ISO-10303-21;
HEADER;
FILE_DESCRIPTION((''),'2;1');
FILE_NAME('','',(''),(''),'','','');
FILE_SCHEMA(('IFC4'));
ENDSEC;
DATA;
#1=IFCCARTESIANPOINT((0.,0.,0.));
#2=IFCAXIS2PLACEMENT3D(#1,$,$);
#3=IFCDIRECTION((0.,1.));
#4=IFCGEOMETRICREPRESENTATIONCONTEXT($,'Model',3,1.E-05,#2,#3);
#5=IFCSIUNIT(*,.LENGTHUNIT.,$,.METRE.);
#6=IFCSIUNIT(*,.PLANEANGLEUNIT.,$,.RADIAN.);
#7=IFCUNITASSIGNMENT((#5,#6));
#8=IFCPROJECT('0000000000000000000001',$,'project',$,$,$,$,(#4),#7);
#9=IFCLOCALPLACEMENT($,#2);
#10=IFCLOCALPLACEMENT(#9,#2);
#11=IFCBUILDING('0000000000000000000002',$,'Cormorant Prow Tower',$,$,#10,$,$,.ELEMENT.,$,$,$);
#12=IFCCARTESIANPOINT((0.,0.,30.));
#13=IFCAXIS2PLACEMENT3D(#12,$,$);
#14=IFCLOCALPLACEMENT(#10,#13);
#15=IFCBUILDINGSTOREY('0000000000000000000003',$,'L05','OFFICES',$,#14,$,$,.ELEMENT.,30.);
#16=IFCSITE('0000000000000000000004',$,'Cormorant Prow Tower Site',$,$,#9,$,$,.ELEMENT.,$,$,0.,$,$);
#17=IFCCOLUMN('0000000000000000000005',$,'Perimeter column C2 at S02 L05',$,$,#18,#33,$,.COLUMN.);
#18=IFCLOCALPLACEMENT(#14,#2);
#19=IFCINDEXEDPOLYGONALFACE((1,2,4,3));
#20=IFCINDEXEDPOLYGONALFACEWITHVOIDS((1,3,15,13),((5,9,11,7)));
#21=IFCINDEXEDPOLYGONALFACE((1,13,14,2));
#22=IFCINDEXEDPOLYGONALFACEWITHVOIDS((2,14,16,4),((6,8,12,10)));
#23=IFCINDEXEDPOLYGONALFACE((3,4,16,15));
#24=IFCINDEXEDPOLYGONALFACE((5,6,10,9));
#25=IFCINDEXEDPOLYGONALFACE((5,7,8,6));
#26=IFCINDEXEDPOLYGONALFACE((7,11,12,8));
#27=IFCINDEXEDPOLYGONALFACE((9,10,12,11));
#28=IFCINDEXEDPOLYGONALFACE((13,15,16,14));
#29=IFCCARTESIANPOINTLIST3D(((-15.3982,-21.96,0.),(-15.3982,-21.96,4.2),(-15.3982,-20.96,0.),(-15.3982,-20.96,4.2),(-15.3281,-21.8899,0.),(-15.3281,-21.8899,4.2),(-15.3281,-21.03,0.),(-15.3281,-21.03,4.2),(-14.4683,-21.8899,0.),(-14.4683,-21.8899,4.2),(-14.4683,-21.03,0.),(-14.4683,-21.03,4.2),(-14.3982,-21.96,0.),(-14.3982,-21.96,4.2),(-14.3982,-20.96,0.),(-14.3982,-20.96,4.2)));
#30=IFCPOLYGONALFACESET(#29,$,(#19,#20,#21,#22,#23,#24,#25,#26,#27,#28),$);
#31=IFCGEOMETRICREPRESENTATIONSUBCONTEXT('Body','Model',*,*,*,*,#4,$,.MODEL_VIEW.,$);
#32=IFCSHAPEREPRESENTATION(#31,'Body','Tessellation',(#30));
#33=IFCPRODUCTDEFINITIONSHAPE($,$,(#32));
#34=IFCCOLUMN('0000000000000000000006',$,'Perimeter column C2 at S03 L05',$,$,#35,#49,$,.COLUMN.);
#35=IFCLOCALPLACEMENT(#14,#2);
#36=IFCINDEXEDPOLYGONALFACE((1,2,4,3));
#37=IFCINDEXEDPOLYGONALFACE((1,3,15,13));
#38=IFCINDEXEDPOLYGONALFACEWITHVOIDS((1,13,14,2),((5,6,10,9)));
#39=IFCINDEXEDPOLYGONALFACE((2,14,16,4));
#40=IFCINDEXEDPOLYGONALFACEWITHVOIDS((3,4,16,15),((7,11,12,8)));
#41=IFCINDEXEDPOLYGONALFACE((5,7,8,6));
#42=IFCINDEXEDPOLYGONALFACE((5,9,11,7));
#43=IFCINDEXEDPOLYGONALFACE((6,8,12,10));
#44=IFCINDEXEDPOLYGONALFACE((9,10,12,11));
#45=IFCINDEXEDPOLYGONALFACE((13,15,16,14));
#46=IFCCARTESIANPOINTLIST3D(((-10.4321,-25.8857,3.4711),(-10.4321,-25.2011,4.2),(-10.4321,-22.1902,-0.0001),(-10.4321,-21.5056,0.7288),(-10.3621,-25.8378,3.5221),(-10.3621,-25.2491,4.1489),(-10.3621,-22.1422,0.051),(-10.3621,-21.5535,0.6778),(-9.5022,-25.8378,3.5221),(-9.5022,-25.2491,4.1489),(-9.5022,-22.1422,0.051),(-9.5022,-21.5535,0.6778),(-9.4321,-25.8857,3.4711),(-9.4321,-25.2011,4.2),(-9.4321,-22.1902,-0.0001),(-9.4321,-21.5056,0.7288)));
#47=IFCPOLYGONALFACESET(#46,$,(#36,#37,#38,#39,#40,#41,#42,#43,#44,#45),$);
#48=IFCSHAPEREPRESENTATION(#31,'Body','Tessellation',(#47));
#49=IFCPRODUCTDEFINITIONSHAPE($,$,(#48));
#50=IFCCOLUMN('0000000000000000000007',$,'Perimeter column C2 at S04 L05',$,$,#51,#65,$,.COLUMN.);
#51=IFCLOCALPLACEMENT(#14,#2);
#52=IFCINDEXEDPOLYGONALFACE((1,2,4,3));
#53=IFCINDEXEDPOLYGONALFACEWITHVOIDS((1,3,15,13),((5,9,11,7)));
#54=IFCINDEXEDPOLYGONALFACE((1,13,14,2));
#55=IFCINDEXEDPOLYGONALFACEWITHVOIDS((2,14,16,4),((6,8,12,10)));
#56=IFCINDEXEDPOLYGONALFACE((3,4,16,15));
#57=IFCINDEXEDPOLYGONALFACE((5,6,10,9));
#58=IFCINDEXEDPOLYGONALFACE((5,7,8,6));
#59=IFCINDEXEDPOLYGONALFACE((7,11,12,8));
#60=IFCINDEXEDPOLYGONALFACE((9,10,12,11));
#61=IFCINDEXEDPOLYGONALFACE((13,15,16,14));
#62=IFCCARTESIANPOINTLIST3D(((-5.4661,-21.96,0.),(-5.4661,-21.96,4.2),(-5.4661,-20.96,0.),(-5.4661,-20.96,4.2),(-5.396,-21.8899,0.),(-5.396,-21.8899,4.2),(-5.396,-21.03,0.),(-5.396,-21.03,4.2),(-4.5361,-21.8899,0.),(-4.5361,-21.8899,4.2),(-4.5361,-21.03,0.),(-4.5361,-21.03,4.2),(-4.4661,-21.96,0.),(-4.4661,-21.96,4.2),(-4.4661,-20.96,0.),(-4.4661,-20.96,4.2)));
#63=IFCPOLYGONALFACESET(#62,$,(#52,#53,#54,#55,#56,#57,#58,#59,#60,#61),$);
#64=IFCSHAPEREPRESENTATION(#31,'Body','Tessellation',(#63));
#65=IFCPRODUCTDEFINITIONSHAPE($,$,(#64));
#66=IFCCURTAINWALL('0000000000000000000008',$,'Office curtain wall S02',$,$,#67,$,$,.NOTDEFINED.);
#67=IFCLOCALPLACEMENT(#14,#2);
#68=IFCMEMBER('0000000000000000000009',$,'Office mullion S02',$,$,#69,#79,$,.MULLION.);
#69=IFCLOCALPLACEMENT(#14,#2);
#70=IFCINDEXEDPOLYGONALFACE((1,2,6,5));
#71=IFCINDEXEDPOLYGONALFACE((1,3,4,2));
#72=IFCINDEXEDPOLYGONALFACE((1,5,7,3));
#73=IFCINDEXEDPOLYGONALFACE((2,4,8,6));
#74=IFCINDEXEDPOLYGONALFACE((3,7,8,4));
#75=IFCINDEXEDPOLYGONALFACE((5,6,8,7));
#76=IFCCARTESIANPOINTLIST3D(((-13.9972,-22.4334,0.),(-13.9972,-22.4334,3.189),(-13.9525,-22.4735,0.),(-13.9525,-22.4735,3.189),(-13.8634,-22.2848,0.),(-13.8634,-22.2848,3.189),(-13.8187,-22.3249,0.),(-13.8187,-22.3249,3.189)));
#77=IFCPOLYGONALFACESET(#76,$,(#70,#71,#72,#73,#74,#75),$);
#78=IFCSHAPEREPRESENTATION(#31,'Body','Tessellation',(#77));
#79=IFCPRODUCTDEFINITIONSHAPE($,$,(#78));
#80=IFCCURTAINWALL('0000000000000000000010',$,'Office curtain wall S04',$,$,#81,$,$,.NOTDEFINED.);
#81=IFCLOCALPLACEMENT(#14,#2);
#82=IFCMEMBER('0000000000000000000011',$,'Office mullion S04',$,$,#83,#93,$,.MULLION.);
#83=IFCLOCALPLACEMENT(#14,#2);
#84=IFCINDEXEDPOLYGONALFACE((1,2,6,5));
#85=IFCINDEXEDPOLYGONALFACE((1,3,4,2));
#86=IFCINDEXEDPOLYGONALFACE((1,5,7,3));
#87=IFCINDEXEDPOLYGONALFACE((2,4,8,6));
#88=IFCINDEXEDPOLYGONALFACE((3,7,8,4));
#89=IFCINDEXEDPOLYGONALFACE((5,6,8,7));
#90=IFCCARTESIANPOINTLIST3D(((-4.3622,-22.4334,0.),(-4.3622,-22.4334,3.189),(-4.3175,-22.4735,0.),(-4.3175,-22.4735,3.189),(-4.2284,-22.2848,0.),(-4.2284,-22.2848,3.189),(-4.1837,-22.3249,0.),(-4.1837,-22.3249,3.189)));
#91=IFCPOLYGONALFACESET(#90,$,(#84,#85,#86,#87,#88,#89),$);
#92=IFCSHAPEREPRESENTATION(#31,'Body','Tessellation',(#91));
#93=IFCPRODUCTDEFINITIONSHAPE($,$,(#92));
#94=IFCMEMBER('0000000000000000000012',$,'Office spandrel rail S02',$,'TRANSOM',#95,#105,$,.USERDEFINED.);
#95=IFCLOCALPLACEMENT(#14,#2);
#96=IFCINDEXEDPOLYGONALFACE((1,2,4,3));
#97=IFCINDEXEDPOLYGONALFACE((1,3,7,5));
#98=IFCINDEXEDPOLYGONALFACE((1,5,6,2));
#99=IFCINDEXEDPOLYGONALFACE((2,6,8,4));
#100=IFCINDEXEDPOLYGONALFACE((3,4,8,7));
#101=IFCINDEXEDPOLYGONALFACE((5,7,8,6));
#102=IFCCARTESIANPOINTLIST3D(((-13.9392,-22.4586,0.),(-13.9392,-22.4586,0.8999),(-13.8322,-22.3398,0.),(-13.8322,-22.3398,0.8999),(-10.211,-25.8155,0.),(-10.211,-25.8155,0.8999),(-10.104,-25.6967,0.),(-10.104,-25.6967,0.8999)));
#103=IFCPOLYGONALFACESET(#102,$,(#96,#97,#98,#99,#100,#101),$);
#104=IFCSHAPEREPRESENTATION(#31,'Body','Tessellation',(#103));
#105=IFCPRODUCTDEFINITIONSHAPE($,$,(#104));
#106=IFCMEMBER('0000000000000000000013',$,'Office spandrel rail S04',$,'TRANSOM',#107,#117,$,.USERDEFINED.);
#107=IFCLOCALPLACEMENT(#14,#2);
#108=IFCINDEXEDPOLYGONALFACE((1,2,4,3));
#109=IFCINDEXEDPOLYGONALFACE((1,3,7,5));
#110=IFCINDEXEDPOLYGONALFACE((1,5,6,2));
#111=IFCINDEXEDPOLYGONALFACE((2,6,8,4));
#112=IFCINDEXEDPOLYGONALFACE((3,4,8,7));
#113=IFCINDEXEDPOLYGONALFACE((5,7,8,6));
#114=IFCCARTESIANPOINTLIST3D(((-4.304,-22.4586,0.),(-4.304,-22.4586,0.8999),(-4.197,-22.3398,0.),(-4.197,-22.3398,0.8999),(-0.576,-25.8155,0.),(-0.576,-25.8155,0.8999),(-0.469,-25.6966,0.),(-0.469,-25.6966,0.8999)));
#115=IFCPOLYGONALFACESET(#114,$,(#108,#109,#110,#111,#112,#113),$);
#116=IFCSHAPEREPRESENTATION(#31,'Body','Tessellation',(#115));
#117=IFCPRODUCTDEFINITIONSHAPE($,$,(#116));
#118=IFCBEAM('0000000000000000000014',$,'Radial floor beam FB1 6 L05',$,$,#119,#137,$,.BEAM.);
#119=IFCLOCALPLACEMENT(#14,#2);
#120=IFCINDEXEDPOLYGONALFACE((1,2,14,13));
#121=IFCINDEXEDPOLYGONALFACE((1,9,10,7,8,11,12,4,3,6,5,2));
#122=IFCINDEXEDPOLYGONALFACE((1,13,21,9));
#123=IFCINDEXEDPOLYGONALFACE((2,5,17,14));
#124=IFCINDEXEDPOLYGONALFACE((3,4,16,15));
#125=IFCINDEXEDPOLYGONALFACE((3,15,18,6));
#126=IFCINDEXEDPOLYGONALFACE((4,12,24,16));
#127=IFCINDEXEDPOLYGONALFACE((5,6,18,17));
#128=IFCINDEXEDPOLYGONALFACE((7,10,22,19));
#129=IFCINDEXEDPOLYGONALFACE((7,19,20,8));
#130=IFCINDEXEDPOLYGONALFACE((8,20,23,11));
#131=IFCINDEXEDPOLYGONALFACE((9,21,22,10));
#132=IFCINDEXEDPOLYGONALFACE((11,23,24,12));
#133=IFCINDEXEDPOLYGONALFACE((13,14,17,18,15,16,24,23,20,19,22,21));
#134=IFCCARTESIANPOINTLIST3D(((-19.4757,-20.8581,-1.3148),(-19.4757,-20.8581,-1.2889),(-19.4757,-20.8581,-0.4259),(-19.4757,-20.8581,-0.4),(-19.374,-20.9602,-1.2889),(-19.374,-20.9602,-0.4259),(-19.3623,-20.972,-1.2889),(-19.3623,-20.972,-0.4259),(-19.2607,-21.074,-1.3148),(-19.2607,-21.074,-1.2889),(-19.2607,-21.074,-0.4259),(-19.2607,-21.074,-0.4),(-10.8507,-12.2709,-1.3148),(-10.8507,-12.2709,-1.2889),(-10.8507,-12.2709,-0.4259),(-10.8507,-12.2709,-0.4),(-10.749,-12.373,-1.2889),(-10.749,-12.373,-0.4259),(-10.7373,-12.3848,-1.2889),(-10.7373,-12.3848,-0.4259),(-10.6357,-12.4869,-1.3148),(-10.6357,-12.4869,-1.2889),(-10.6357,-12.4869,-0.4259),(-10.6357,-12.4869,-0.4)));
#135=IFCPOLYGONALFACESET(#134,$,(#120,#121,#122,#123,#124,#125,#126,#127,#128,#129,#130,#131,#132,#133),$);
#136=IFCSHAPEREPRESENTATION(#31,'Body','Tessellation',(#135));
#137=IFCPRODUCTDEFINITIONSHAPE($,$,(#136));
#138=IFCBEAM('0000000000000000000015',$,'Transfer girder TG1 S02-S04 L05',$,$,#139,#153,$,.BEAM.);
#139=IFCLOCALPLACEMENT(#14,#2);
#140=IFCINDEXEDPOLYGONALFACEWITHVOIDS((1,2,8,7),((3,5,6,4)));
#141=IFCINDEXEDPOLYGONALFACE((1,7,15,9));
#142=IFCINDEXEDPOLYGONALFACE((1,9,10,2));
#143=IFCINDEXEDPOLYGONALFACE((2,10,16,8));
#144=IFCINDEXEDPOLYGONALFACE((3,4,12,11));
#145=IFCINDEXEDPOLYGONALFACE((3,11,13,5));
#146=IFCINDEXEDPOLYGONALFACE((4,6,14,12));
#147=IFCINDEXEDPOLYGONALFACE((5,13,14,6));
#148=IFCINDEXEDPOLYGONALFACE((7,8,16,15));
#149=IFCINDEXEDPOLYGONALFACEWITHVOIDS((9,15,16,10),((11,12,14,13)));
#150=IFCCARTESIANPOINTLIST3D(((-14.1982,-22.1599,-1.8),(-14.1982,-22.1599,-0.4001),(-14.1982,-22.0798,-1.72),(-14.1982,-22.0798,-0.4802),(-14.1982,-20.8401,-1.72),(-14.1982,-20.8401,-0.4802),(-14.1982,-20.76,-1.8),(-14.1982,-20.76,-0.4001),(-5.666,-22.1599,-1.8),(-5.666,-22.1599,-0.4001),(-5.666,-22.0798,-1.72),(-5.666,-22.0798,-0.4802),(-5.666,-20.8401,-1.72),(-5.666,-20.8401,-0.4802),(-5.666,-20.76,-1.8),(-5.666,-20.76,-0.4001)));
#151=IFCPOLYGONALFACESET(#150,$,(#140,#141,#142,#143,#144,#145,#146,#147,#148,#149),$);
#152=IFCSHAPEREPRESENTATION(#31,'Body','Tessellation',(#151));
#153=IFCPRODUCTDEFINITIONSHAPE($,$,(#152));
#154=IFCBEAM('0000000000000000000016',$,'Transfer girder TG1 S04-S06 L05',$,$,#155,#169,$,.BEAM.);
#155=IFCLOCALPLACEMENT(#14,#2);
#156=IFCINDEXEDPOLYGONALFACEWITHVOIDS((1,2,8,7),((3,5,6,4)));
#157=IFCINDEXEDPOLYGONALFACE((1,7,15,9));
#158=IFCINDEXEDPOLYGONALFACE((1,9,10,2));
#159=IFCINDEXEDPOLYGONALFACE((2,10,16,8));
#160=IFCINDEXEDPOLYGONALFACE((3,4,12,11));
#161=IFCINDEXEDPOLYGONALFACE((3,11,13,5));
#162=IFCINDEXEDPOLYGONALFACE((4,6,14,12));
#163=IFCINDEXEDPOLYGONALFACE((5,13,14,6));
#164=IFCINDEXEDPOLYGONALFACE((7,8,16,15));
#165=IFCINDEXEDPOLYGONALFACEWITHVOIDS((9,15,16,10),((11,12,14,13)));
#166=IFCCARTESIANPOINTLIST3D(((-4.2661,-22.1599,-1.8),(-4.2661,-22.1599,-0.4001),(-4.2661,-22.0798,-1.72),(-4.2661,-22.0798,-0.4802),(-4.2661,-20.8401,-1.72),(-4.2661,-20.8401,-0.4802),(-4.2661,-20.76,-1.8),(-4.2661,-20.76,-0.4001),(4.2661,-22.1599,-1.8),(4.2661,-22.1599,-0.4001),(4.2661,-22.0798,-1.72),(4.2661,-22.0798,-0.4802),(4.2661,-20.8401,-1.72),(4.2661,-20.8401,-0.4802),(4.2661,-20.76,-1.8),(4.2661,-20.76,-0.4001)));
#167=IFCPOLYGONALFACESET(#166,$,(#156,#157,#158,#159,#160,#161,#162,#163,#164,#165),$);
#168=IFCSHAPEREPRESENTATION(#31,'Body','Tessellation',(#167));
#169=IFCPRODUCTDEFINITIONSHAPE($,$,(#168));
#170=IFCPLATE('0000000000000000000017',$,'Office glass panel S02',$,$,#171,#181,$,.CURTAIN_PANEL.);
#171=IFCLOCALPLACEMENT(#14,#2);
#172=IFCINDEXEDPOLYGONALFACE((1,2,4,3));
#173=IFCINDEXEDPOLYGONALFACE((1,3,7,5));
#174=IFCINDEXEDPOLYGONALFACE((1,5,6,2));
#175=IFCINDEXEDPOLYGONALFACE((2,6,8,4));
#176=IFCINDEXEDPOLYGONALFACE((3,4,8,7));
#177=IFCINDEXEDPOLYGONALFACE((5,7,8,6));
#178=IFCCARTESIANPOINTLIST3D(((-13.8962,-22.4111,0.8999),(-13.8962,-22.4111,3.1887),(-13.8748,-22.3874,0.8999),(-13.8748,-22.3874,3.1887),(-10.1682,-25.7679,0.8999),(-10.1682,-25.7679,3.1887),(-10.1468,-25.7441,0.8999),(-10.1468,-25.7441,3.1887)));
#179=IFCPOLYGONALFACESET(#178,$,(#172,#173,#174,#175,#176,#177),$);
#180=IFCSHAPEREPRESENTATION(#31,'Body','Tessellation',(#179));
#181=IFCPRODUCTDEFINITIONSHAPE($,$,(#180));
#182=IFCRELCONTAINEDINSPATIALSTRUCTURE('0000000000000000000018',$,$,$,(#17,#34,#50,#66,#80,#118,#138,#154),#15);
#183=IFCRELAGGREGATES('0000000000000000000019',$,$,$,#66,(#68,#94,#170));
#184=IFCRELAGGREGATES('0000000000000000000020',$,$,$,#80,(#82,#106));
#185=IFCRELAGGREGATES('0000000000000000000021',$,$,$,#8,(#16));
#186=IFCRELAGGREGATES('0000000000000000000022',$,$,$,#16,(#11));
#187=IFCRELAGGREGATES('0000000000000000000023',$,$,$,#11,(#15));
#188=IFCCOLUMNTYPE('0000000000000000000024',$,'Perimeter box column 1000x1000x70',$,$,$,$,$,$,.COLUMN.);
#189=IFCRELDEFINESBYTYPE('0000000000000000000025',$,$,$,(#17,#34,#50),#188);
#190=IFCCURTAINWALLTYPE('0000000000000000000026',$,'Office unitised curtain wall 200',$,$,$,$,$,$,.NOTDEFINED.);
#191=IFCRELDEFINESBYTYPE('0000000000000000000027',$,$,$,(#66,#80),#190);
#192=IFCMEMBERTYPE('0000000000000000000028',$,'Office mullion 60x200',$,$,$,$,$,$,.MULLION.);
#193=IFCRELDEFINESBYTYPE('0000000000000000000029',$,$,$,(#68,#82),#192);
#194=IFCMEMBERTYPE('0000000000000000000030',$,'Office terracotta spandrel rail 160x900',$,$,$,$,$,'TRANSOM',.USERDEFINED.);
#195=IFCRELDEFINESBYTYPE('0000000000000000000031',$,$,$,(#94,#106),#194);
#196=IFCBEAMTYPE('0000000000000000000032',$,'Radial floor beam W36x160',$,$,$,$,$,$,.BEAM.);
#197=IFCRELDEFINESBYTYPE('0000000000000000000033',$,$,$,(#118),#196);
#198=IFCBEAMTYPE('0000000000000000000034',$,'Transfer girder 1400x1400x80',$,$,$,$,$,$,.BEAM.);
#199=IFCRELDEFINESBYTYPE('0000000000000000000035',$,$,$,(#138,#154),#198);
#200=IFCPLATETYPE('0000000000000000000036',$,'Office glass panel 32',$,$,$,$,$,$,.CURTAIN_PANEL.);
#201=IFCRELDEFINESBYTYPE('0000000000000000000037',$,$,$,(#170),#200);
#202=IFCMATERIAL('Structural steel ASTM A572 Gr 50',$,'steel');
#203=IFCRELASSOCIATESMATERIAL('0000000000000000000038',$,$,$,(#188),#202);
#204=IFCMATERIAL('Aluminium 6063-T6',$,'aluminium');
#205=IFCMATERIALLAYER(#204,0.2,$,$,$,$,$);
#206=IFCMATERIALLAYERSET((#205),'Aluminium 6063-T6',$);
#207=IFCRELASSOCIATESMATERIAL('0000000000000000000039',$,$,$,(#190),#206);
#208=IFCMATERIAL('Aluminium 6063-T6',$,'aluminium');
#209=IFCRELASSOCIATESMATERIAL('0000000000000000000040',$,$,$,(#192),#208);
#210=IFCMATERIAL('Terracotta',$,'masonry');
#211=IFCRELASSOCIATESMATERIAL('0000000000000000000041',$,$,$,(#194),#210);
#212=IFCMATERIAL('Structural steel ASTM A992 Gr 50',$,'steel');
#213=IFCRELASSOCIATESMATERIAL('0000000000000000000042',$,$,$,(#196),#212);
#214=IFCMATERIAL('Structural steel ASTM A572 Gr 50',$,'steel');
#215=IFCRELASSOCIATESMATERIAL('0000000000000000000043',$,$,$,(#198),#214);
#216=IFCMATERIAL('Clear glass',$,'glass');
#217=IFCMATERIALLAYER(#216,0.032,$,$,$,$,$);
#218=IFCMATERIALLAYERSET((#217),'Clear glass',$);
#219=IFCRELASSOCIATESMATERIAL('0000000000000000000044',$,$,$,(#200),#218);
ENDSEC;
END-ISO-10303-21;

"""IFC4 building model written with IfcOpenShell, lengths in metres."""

from ifc_helpers import new_model, si_unit, direction, frame, origin, origin_2d, place, context, subcontext, project, spatial, rectangle, hollow_rectangle, i_section, extrude, material, layer, layer_set, material_profile, profile_set, type_object, element, aggregate, save


model = new_model("IFC4")

# Units and contexts
model_context = context("Model", 3, precision=1e-05, world=origin(), true_north=direction((0.0, 1.0)))
body_context = subcontext(model_context, "Body", "Model", "MODEL_VIEW")
ifc_project = project(units=[si_unit("LENGTHUNIT", "METRE"), si_unit("PLANEANGLEUNIT", "RADIAN")], contexts=[model_context])

# Site, building, storey
site_placement = place(None, origin())
site = spatial("IfcSite", under=ifc_project, at=site_placement, Name="Cormorant Prow Tower Site", CompositionType="ELEMENT", RefElevation=0.0)
building_placement = place(site_placement, origin())
building = spatial("IfcBuilding", under=site, at=building_placement, Name="Cormorant Prow Tower", CompositionType="ELEMENT")
storey_placement = place(building_placement, frame((0.0, 0.0, 30.0)))
storey = spatial("IfcBuildingStorey", under=building, at=storey_placement, Name="L05", Description="OFFICES", CompositionType="ELEMENT", Elevation=30.0)

# Columns
ifc_material_1 = material(Name="Structural steel ASTM A572 Gr 50", Category="steel")
ifc_material_profile_1 = material_profile(ifc_material_1, hollow_rectangle(XDim=1.0, YDim=1.0, WallThickness=0.0701, at=origin_2d()), Name="Box 1000x1000x70")
ifc_profile_set_1 = profile_set([ifc_material_profile_1], Name="Structural steel ASTM A572 Gr 50")
column_type = type_object("IfcColumnType", Name="Perimeter box column 1000x1000x70", PredefinedType="COLUMN", material=ifc_profile_set_1)
column_1_placement = place(storey_placement, frame((-14.8982, -21.46, 0.0), z_axis=(0.0, 0.0, 1.0), x_axis=(1.0, 0.0, 0.0)))
element("IfcColumn", 1, at=column_1_placement, inside=storey, type_object=column_type, Name="Perimeter column C2 at S02 L05", PredefinedType="COLUMN", context=body_context, shape_type="SweptSolid", body=[
    extrude(hollow_rectangle(XDim=1.0, YDim=1.0, WallThickness=0.0701, at=origin_2d()), origin(), (0.0, 0.0, 1.0), 4.2),
])
column_2_placement = place(storey_placement, frame((-9.9321, -21.46, 0.0), z_axis=(0.0, -0.728888, 0.684633), x_axis=(1.0, 0.0, 0.0)))
element("IfcColumn", 2, at=column_2_placement, inside=storey, type_object=column_type, Name="Perimeter column C2 at S03 L05", PredefinedType="COLUMN", context=body_context, shape_type="SweptSolid", body=[
    extrude(hollow_rectangle(XDim=1.0, YDim=1.0, WallThickness=0.0701, at=origin_2d()), frame((0.0, 0.0, 0.5322)), (0.0, 0.0, 1.0), 5.0701),
])
column_3_placement = place(storey_placement, frame((-4.9661, -21.46, 0.0), z_axis=(0.0, 0.0, 1.0), x_axis=(1.0, 0.0, 0.0)))
element("IfcColumn", 3, at=column_3_placement, inside=storey, type_object=column_type, Name="Perimeter column C2 at S04 L05", PredefinedType="COLUMN", context=body_context, shape_type="SweptSolid", body=[
    extrude(hollow_rectangle(XDim=1.0, YDim=1.0, WallThickness=0.0701, at=origin_2d()), origin(), (0.0, 0.0, 1.0), 4.2),
])

# Curtain walls, members
ifc_material_2 = material(Name="Aluminium 6063-T6", Category="aluminium")
ifc_layer_1 = layer(ifc_material_2, 0.2)
ifc_layer_set_1 = layer_set([ifc_layer_1], Name="Aluminium 6063-T6")
curtain_wall_type = type_object("IfcCurtainWallType", Name="Office unitised curtain wall 200", PredefinedType="NOTDEFINED", material=ifc_layer_set_1)
curtain_wall_1_placement = place(storey_placement, origin())
curtain_wall_1 = element("IfcCurtainWall", 4, at=curtain_wall_1_placement, inside=storey, type_object=curtain_wall_type, Name="Office curtain wall S02", PredefinedType="NOTDEFINED")
ifc_material_3 = material(Name="Aluminium 6063-T6", Category="aluminium")
ifc_material_profile_2 = material_profile(ifc_material_3, rectangle(XDim=0.2, YDim=0.0601, at=origin_2d()), Name="Office mullion 60x200")
ifc_profile_set_2 = profile_set([ifc_material_profile_2], Name="Aluminium 6063-T6")
member_type_1 = type_object("IfcMemberType", Name="Office mullion 60x200", PredefinedType="MULLION", material=ifc_profile_set_2)
member_1_placement = place(storey_placement, frame((-13.908, -22.3792, 0.0), z_axis=(0.0, 0.0, 1.0), x_axis=(0.669131, 0.743145, 0.0)))
member_1 = element("IfcMember", 5, at=member_1_placement, type_object=member_type_1, Name="Office mullion S02", PredefinedType="MULLION", context=body_context, shape_type="SweptSolid", body=[
    extrude(rectangle(XDim=0.2, YDim=0.0601, at=origin_2d()), origin(), (0.0, 0.0, 1.0), 3.189),
])
curtain_wall_2_placement = place(storey_placement, origin())
curtain_wall_2 = element("IfcCurtainWall", 6, at=curtain_wall_2_placement, inside=storey, type_object=curtain_wall_type, Name="Office curtain wall S04", PredefinedType="NOTDEFINED")
member_2_placement = place(storey_placement, frame((-4.2729, -22.3792, 0.0), z_axis=(0.0, 0.0, 1.0), x_axis=(0.669131, 0.743145, 0.0)))
member_2 = element("IfcMember", 7, at=member_2_placement, type_object=member_type_1, Name="Office mullion S04", PredefinedType="MULLION", context=body_context, shape_type="SweptSolid", body=[
    extrude(rectangle(XDim=0.2, YDim=0.0601, at=origin_2d()), origin(), (0.0, 0.0, 1.0), 3.189),
])

# Members
ifc_material_4 = material(Name="Terracotta", Category="masonry")
ifc_material_profile_3 = material_profile(ifc_material_4, rectangle(XDim=0.1599, YDim=0.8999, at=origin_2d()), Name="Office terracotta spandrel rail 160x900")
ifc_profile_set_3 = profile_set([ifc_material_profile_3], Name="Terracotta")
member_type_2 = type_object("IfcMemberType", Name="Office terracotta spandrel rail 160x900", ElementType="TRANSOM", PredefinedType="USERDEFINED", material=ifc_profile_set_3)
member_3_placement = place(storey_placement, frame((-13.8857, -22.3992, 0.45), z_axis=(0.743147, -0.669129, 0.0), x_axis=(0.669129, 0.743147, 0.0)))
member_3 = element("IfcMember", 8, at=member_3_placement, type_object=member_type_2, Name="Office spandrel rail S02", ObjectType="TRANSOM", PredefinedType="USERDEFINED", context=body_context, shape_type="SweptSolid", body=[
    extrude(rectangle(XDim=0.1599, YDim=0.8999, at=origin_2d()), origin(), (0.0, 0.0, 1.0), 5.0168),
])
member_4_placement = place(storey_placement, frame((-4.2505, -22.3992, 0.45), z_axis=(0.743125, -0.669153, 0.0), x_axis=(0.669153, 0.743125, 0.0)))
member_4 = element("IfcMember", 9, at=member_4_placement, type_object=member_type_2, Name="Office spandrel rail S04", ObjectType="TRANSOM", PredefinedType="USERDEFINED", context=body_context, shape_type="SweptSolid", body=[
    extrude(rectangle(XDim=0.1599, YDim=0.8999, at=origin_2d()), origin(), (0.0, 0.0, 1.0), 5.0166),
])

# Beams
ifc_material_5 = material(Name="Structural steel ASTM A992 Gr 50", Category="steel")
ifc_material_profile_4 = material_profile(ifc_material_5, i_section(OverallWidth=0.3047, OverallDepth=0.9148, WebThickness=0.0166, FlangeThickness=0.0259, at=origin_2d()), Name="W36x160")
ifc_profile_set_4 = profile_set([ifc_material_profile_4], Name="Structural steel ASTM A992 Gr 50")
beam_type_1 = type_object("IfcBeamType", Name="Radial floor beam W36x160", PredefinedType="BEAM", material=ifc_profile_set_4)
beam_placement = place(storey_placement, frame((-10.7432, -12.3789, -0.8574), z_axis=(-0.70866, -0.70555, 0.0), x_axis=(0.70555, -0.70866, 0.0)))
element("IfcBeam", 10, at=beam_placement, inside=storey, type_object=beam_type_1, Name="Radial floor beam FB1 6 L05", PredefinedType="BEAM", context=body_context, shape_type="SweptSolid", body=[
    extrude(i_section(OverallWidth=0.3047, OverallDepth=0.9148, WebThickness=0.0166, FlangeThickness=0.0259, at=origin_2d()), origin(), (0.0, 0.0, 1.0), 12.1709),
])
ifc_material_6 = material(Name="Structural steel ASTM A572 Gr 50", Category="steel")
ifc_material_profile_5 = material_profile(ifc_material_6, hollow_rectangle(XDim=1.3999, YDim=1.3999, WallThickness=0.0801, at=origin_2d()), Name="Box 1400x1400x80")
ifc_profile_set_5 = profile_set([ifc_material_profile_5], Name="Structural steel ASTM A572 Gr 50")
beam_type_2 = type_object("IfcBeamType", Name="Transfer girder 1400x1400x80", PredefinedType="BEAM", material=ifc_profile_set_5)
for number, where, z_axis, x_axis, name in (
    (11, (-14.1982, -21.46, -1.1001), (1.0, 0.0, 0.0), (0.0, 1.0, 0.0), "Transfer girder TG1 S02-S04 L05"),
    (12, (-4.2661, -21.46, -1.1001), (1.0, 0.0, 0.0), (0.0, 1.0, 0.0), "Transfer girder TG1 S04-S06 L05"),
):
    element("IfcBeam", number, at=place(storey_placement, frame(where, z_axis=z_axis, x_axis=x_axis)), inside=storey, type_object=beam_type_2, Name=name, PredefinedType="BEAM", context=body_context, shape_type="SweptSolid", body=[
        extrude(hollow_rectangle(XDim=1.3999, YDim=1.3999, WallThickness=0.0801, at=origin_2d()), origin(), (0.0, 0.0, 1.0), 8.5322),
    ])

# Plate
ifc_material_7 = material(Name="Clear glass", Category="glass")
ifc_layer_2 = layer(ifc_material_7, 0.032)
ifc_layer_set_2 = layer_set([ifc_layer_2], Name="Clear glass")
plate_type = type_object("IfcPlateType", Name="Office glass panel 32", PredefinedType="CURTAIN_PANEL", material=ifc_layer_set_2)
plate_1_placement = place(storey_placement, frame((-12.0215, -24.0776, 0.8999), z_axis=(0.0, 0.0, 1.0), x_axis=(0.743145, -0.669131, 0.0)))
plate_1 = element("IfcPlate", 13, at=plate_1_placement, type_object=plate_type, Name="Office glass panel S02", PredefinedType="CURTAIN_PANEL", context=body_context, shape_type="SweptSolid", body=[
    extrude(rectangle(XDim=5.0166, YDim=0.032, at=origin_2d()), origin(), (0.0, 0.0, 1.0), 2.2888),
])
aggregate(curtain_wall_1, [member_1, member_3, plate_1])
aggregate(curtain_wall_2, [member_2, member_4])

save(model, "model.ifc")
